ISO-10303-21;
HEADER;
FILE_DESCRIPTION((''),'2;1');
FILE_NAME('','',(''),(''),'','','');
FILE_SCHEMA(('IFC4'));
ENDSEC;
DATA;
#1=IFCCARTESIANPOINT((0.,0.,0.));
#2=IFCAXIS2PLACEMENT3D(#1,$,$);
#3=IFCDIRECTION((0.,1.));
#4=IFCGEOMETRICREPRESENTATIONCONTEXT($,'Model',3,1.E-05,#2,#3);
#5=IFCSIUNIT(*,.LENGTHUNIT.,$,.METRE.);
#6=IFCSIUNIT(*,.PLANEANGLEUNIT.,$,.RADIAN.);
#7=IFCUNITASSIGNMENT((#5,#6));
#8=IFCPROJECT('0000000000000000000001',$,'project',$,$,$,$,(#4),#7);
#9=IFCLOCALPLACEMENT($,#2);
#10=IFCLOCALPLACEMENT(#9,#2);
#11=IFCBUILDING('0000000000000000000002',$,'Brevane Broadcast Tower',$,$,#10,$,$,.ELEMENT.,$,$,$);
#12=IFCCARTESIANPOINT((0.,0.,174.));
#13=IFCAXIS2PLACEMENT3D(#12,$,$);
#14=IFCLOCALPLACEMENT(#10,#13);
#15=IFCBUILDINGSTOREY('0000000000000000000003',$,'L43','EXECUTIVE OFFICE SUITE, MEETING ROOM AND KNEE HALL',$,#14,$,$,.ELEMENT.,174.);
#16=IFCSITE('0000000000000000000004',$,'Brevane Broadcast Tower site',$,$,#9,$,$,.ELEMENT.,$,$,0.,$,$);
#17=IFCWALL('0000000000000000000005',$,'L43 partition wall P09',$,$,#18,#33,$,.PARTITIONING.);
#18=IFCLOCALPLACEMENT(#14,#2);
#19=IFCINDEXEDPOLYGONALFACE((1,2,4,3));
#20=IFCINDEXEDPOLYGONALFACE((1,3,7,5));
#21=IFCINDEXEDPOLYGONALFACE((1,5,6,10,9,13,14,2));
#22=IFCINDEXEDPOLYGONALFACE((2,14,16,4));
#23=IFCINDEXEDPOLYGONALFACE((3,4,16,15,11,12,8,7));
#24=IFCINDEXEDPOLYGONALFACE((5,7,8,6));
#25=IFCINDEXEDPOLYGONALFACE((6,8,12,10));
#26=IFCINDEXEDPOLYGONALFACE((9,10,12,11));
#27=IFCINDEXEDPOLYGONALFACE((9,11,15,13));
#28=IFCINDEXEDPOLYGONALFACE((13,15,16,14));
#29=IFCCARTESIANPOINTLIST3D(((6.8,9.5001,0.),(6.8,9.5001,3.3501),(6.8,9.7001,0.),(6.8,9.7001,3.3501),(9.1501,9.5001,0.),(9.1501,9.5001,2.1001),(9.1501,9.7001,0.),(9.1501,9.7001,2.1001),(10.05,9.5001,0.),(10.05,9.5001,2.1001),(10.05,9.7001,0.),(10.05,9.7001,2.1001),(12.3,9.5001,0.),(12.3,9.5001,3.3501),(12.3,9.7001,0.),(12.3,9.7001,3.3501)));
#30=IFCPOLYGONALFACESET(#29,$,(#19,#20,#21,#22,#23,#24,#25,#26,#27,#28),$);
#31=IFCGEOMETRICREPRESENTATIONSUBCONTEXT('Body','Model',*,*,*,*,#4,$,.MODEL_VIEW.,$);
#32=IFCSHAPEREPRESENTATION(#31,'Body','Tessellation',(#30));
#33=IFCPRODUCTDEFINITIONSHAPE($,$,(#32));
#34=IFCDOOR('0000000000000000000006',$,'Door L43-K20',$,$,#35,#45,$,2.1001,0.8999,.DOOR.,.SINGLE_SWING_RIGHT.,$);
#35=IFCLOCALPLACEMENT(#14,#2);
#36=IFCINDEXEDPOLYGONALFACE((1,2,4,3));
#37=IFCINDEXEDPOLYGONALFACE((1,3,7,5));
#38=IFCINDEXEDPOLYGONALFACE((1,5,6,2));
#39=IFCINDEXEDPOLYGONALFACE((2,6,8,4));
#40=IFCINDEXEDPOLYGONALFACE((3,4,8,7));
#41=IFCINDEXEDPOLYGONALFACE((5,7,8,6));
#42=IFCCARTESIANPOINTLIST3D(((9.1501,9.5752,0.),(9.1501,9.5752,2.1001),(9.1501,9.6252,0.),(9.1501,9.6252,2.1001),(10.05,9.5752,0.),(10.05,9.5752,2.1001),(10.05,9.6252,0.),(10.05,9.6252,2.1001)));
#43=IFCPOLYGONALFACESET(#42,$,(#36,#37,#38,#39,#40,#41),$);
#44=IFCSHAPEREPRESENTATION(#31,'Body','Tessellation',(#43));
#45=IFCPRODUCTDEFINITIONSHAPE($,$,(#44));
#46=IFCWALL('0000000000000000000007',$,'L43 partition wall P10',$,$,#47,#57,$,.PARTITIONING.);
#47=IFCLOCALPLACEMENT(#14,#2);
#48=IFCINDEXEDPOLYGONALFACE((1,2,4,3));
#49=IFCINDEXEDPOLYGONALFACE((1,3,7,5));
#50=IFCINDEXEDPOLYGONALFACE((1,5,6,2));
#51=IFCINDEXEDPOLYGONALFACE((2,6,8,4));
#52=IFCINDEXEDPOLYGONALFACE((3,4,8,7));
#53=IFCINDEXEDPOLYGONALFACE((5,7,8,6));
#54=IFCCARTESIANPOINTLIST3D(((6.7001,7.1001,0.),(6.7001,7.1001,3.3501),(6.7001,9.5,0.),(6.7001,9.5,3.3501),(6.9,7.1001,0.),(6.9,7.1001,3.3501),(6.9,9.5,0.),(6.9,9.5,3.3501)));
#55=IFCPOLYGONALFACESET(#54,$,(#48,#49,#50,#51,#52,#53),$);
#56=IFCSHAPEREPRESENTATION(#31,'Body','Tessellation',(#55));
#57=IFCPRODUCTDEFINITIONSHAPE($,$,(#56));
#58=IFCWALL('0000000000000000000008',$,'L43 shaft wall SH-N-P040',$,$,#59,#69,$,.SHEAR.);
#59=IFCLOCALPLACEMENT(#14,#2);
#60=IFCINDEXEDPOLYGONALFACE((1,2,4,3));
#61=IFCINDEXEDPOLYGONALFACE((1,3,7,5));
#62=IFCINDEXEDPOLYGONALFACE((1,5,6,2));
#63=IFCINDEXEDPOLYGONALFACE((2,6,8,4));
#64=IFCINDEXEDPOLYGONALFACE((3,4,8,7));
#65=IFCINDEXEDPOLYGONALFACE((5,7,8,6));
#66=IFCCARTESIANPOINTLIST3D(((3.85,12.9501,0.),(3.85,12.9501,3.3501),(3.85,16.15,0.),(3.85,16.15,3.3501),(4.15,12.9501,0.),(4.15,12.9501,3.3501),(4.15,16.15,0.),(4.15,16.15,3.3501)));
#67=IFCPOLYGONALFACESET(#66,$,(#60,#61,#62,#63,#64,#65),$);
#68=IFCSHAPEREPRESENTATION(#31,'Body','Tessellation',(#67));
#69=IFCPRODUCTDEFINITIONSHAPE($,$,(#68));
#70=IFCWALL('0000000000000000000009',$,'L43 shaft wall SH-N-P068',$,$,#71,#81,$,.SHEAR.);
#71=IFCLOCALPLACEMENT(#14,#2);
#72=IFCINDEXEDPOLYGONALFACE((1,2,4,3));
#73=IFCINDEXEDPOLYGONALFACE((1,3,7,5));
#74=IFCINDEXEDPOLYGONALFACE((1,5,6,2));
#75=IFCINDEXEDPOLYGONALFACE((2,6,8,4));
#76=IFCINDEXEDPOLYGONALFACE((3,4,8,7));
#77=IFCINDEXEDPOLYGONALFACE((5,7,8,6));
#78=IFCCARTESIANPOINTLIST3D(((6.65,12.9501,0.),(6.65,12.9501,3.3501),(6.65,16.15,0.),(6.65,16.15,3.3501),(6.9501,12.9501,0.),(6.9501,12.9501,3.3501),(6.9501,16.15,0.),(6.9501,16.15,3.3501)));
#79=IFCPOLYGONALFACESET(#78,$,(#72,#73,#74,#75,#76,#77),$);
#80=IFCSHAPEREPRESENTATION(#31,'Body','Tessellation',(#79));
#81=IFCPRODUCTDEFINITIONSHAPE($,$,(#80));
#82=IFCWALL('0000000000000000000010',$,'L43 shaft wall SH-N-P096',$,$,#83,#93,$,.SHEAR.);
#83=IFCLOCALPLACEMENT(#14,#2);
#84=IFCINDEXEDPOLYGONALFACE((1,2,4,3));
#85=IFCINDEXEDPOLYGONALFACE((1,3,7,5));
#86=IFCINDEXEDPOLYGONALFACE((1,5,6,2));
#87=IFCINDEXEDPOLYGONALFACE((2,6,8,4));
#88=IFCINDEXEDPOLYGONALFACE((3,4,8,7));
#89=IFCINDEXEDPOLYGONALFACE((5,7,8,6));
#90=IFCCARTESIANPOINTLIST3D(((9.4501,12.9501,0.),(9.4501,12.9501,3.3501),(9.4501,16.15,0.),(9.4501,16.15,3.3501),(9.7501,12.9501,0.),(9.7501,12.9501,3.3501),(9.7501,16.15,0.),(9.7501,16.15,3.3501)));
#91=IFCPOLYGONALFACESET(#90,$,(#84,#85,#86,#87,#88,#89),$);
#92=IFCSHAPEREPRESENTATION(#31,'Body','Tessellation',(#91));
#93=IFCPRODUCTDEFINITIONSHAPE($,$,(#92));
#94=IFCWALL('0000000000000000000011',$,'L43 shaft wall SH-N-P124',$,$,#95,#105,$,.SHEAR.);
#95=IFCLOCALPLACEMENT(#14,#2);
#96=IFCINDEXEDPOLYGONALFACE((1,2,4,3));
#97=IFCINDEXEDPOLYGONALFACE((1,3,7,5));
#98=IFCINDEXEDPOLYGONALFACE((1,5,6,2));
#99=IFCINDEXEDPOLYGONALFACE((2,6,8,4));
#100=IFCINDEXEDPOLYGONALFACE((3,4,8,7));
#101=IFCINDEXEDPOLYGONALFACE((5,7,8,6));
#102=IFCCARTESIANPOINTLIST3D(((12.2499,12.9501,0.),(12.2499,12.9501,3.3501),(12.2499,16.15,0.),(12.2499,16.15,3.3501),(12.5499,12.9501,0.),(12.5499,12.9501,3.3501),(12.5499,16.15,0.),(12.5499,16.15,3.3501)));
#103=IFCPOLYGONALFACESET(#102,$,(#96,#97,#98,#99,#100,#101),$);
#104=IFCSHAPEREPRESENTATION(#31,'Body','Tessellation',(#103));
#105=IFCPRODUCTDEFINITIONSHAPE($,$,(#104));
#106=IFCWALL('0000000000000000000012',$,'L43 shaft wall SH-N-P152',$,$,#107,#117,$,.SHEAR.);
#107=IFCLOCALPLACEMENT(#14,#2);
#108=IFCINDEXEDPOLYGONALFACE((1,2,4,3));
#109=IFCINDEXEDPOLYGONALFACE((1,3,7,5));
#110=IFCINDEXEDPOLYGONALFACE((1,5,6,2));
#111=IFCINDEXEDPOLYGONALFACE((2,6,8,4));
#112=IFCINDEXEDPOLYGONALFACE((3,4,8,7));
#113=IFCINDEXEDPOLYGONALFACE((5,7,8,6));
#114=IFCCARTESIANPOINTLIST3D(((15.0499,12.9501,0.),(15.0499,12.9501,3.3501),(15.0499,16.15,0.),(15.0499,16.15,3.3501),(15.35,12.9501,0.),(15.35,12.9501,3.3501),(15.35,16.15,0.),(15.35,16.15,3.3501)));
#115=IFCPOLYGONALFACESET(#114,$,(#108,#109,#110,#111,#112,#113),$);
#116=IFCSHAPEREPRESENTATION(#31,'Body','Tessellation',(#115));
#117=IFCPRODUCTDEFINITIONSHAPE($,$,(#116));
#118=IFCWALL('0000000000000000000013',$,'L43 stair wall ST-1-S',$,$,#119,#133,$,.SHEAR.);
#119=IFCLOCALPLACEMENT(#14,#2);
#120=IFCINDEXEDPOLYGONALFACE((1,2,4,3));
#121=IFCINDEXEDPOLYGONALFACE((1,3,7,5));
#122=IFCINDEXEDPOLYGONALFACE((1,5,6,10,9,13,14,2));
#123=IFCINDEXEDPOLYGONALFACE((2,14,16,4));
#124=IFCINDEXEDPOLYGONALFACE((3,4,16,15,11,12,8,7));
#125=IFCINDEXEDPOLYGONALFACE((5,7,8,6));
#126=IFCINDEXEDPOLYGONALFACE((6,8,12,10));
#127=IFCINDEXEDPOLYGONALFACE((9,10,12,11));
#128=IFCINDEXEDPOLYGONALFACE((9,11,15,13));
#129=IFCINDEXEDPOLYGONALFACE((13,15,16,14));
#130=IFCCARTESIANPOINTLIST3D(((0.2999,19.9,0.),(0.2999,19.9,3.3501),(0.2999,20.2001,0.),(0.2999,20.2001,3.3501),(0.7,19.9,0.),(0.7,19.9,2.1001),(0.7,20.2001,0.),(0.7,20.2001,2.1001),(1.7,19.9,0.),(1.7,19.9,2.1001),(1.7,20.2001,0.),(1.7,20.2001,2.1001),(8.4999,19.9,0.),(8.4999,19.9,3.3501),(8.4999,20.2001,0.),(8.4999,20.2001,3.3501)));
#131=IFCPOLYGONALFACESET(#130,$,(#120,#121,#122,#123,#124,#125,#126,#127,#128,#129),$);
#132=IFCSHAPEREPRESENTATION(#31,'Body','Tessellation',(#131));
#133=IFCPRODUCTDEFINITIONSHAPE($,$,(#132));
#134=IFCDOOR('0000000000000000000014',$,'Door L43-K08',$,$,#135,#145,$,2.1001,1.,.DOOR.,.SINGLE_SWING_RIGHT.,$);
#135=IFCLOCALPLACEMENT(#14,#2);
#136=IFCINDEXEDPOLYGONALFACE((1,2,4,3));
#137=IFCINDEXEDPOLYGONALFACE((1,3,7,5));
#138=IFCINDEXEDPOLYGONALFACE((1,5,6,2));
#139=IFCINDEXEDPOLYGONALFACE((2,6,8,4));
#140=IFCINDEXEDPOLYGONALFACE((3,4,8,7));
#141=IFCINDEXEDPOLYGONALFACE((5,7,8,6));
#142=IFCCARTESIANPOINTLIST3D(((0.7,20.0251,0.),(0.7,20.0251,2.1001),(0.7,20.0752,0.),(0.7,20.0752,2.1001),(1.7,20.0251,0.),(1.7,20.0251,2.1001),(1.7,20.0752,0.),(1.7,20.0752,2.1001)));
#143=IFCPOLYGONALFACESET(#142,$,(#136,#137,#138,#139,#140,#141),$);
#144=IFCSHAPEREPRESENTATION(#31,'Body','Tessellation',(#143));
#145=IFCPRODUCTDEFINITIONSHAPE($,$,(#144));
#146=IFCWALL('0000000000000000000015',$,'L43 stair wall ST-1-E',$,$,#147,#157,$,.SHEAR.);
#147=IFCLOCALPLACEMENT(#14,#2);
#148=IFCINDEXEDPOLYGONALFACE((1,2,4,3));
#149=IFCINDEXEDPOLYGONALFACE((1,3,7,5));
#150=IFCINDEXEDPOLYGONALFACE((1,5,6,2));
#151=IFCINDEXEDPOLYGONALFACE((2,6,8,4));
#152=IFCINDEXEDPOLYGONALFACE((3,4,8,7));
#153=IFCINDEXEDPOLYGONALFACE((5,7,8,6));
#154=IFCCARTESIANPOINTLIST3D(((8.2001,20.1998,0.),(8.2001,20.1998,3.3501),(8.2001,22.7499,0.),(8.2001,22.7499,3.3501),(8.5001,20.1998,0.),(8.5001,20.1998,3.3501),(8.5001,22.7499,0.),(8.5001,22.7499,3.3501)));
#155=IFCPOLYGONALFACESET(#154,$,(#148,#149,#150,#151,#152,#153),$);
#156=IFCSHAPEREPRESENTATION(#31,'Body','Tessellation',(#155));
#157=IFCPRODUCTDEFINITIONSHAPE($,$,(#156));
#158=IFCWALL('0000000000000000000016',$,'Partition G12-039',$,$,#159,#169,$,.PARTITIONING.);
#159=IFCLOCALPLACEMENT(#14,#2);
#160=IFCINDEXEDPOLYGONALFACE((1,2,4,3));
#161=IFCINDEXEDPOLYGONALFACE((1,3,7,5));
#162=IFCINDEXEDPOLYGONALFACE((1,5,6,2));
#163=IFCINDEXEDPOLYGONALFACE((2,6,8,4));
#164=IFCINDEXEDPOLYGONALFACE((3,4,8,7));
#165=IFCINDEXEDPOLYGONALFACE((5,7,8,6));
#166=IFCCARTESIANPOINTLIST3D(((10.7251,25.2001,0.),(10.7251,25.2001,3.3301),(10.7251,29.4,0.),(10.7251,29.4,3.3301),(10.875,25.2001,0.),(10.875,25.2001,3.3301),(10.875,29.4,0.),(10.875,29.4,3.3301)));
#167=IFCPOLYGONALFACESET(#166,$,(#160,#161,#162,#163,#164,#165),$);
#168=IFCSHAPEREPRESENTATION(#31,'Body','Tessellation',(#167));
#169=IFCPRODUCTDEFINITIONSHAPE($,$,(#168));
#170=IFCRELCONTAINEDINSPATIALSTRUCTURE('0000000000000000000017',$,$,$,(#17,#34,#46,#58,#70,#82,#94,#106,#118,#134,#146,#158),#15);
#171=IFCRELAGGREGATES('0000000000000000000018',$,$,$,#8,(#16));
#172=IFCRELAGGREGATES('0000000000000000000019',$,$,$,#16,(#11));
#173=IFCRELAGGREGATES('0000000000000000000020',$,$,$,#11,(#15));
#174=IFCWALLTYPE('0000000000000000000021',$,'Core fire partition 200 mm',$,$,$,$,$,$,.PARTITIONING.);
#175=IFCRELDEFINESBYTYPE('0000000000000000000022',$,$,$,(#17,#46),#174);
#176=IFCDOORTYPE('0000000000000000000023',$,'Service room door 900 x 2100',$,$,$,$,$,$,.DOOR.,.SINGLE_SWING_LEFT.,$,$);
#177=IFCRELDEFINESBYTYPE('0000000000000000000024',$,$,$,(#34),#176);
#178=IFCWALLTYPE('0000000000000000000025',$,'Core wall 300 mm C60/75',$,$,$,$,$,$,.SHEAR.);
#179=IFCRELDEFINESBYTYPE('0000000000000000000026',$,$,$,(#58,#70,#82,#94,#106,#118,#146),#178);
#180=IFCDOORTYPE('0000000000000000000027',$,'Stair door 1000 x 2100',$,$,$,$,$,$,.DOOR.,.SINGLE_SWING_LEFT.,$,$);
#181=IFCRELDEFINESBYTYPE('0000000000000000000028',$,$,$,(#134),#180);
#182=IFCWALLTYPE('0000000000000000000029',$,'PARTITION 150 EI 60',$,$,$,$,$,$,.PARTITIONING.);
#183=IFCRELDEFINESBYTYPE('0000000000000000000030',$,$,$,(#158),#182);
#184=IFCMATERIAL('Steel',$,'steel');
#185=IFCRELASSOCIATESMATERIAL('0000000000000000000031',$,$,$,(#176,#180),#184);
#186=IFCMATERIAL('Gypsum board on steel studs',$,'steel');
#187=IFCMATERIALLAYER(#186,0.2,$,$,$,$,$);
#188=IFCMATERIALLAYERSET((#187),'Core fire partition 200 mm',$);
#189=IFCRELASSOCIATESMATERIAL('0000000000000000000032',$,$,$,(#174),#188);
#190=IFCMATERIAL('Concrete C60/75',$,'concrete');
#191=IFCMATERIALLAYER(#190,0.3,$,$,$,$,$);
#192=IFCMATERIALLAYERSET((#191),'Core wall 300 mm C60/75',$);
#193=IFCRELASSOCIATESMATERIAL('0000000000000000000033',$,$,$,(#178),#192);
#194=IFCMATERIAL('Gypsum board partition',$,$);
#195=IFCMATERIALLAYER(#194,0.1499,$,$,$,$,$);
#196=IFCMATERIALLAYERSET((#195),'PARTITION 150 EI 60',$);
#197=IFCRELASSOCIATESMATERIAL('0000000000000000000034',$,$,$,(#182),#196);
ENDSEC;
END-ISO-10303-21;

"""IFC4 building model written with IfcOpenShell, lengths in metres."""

from ifc_helpers import new_model, si_unit, direction, frame, frame_2d, origin, place, context, subcontext, project, spatial, rectangle, extrude, material, layer, layer_set, type_object, element, fill, save


model = new_model("IFC4")

# Units and contexts
model_context = context("Model", 3, precision=1e-05, world=origin(), true_north=direction((0.0, 1.0)))
body_context = subcontext(model_context, "Body", "Model", "MODEL_VIEW")
ifc_project = project(units=[si_unit("LENGTHUNIT", "METRE"), si_unit("PLANEANGLEUNIT", "RADIAN")], contexts=[model_context])

# Site, building, storey
site_placement = place(None, origin())
site = spatial("IfcSite", under=ifc_project, at=site_placement, Name="Brevane Broadcast Tower site", CompositionType="ELEMENT", RefElevation=0.0)
building_placement = place(site_placement, origin())
building = spatial("IfcBuilding", under=site, at=building_placement, Name="Brevane Broadcast Tower", CompositionType="ELEMENT")
storey_placement = place(building_placement, frame((0.0, 0.0, 174.0)))
storey = spatial("IfcBuildingStorey", under=building, at=storey_placement, Name="L43", Description="EXECUTIVE OFFICE SUITE, MEETING ROOM AND KNEE HALL", CompositionType="ELEMENT", Elevation=174.0)

# Shared definitions
ifc_material_1 = material(Name="Concrete C60/75", Category="concrete")

# Shared definitions
ifc_material_2 = material(Name="Gypsum board on steel studs", Category="steel")
ifc_material_3 = material(Name="Steel", Category="steel")
door_type_1 = type_object("IfcDoorType", Name="Service room door 900 x 2100", OperationType="SINGLE_SWING_LEFT", PredefinedType="DOOR", material=ifc_material_3)
ifc_layer_1 = layer(ifc_material_2, 0.2)
ifc_layer_set_1 = layer_set([ifc_layer_1], Name="Core fire partition 200 mm")
wall_type_1 = type_object("IfcWallType", Name="Core fire partition 200 mm", PredefinedType="PARTITIONING", material=ifc_layer_set_1)
door_type_2 = type_object("IfcDoorType", Name="Stair door 1000 x 2100", OperationType="SINGLE_SWING_LEFT", PredefinedType="DOOR", material=ifc_material_3)

# Wall, opening, door
wall_1_placement = place(storey_placement, frame((12.3, 9.6001, 0.0), z_axis=(0.0, 0.0, 1.0), x_axis=(-1.0, 0.0, 0.0)))
wall_1 = element("IfcWall", 1, at=wall_1_placement, inside=storey, type_object=wall_type_1, Name="L43 partition wall P09", PredefinedType="PARTITIONING", context=body_context, shape_type="SweptSolid", body=[
    extrude(rectangle(XDim=5.5, YDim=0.2, at=frame_2d((2.75, 0.0))), origin(), (0.0, 0.0, 1.0), 3.3501),
])
opening_1_placement = place(wall_1_placement, frame((2.25, 0.0, 0.0)))
opening_1 = element("IfcOpeningElement", 2, at=opening_1_placement, cuts=wall_1, PredefinedType="OPENING", context=body_context, shape_type="SweptSolid", body=[
    extrude(rectangle(XDim=0.8999, YDim=2.1001, at=frame_2d((0.45, 1.05))), frame((0.0, 0.1099, 0.0), z_axis=(0.0, -1.0, 0.0), x_axis=(1.0, 0.0, 0.0)), (0.0, 0.0, 1.0), 0.22),
])
door_1_placement = place(opening_1_placement, origin())
door_1 = element("IfcDoor", 3, at=door_1_placement, inside=storey, type_object=door_type_1, Name="Door L43-K20", OperationType="SINGLE_SWING_RIGHT", OverallHeight=2.1001, OverallWidth=0.8999, PredefinedType="DOOR", context=body_context, shape_type="SweptSolid", body=[
    extrude(rectangle(XDim=0.8999, YDim=2.1001, at=frame_2d((0.45, 1.05))), frame((0.0, 0.0249, 0.0), z_axis=(0.0, -1.0, 0.0), x_axis=(1.0, 0.0, 0.0)), (0.0, 0.0, 1.0), 0.05),
])
fill(opening_1, door_1)

# Walls
wall_2_placement = place(storey_placement, frame((6.8, 9.5, 0.0), z_axis=(0.0, 0.0, 1.0), x_axis=(0.0, -1.0, 0.0)))
element("IfcWall", 4, at=wall_2_placement, inside=storey, type_object=wall_type_1, Name="L43 partition wall P10", PredefinedType="PARTITIONING", context=body_context, shape_type="SweptSolid", body=[
    extrude(rectangle(XDim=2.3999, YDim=0.2, at=frame_2d((1.2, 0.0))), origin(), (0.0, 0.0, 1.0), 3.3501),
])
ifc_layer_2 = layer(ifc_material_1, 0.3)
ifc_layer_set_2 = layer_set([ifc_layer_2], Name="Core wall 300 mm C60/75")
wall_type_2 = type_object("IfcWallType", Name="Core wall 300 mm C60/75", PredefinedType="SHEAR", material=ifc_layer_set_2)
for number, where, z_axis, x_axis, name in (
    (5, (4.0, 12.95, 0.0), (0.0, 0.0, 1.0), (0.0, 1.0, 0.0), "L43 shaft wall SH-N-P040"),
    (6, (6.8, 12.95, 0.0), (0.0, 0.0, 1.0), (0.0, 1.0, 0.0), "L43 shaft wall SH-N-P068"),
    (7, (9.6001, 12.95, 0.0), (0.0, 0.0, 1.0), (0.0, 1.0, 0.0), "L43 shaft wall SH-N-P096"),
    (8, (12.3999, 12.95, 0.0), (0.0, 0.0, 1.0), (0.0, 1.0, 0.0), "L43 shaft wall SH-N-P124"),
    (9, (15.2, 12.95, 0.0), (0.0, 0.0, 1.0), (0.0, 1.0, 0.0), "L43 shaft wall SH-N-P152"),
):
    element("IfcWall", number, at=place(storey_placement, frame(where, z_axis=z_axis, x_axis=x_axis)), inside=storey, type_object=wall_type_2, Name=name, PredefinedType="SHEAR", context=body_context, shape_type="SweptSolid", body=[
        extrude(rectangle(XDim=3.2, YDim=0.3, at=frame_2d((1.6001, 0.0))), origin(), (0.0, 0.0, 1.0), 3.3501),
    ])

# Wall, opening, door
wall_3_placement = place(storey_placement, frame((8.5, 20.05, 0.0), z_axis=(0.0, 0.0, 1.0), x_axis=(-1.0, 0.0, 0.0)))
wall_3 = element("IfcWall", 10, at=wall_3_placement, inside=storey, type_object=wall_type_2, Name="L43 stair wall ST-1-S", PredefinedType="SHEAR", context=body_context, shape_type="SweptSolid", body=[
    extrude(rectangle(XDim=8.2, YDim=0.3, at=frame_2d((4.1001, 0.0))), origin(), (0.0, 0.0, 1.0), 3.3501),
])
opening_2_placement = place(wall_3_placement, frame((6.8, 0.0, 0.0)))
opening_2 = element("IfcOpeningElement", 11, at=opening_2_placement, cuts=wall_3, PredefinedType="OPENING", context=body_context, shape_type="SweptSolid", body=[
    extrude(rectangle(XDim=1.0, YDim=2.1001, at=frame_2d((0.5, 1.05))), frame((0.0, 0.1599, 0.0), z_axis=(0.0, -1.0, 0.0), x_axis=(1.0, 0.0, 0.0)), (0.0, 0.0, 1.0), 0.3201),
])
door_2_placement = place(opening_2_placement, origin())
door_2 = element("IfcDoor", 12, at=door_2_placement, inside=storey, type_object=door_type_2, Name="Door L43-K08", OperationType="SINGLE_SWING_RIGHT", OverallHeight=2.1001, OverallWidth=1.0, PredefinedType="DOOR", context=body_context, shape_type="SweptSolid", body=[
    extrude(rectangle(XDim=1.0, YDim=2.1001, at=frame_2d((0.5, 1.05))), frame((0.0, 0.0249, 0.0), z_axis=(0.0, -1.0, 0.0), x_axis=(1.0, 0.0, 0.0)), (0.0, 0.0, 1.0), 0.05),
])
fill(opening_2, door_2)

# Walls
wall_4_placement = place(storey_placement, frame((8.3501, 20.2, 0.0), z_axis=(0.0, 0.0, 1.0), x_axis=(0.0, 1.0, 0.0)))
element("IfcWall", 13, at=wall_4_placement, inside=storey, type_object=wall_type_2, Name="L43 stair wall ST-1-E", PredefinedType="SHEAR", context=body_context, shape_type="SweptSolid", body=[
    extrude(rectangle(XDim=2.55, YDim=0.3, at=frame_2d((1.2749, 0.0))), origin(), (0.0, 0.0, 1.0), 3.3501),
])
ifc_material_4 = material(Name="Gypsum board partition")
ifc_layer_3 = layer(ifc_material_4, 0.1499)
ifc_layer_set_3 = layer_set([ifc_layer_3], Name="PARTITION 150 EI 60")
wall_type_3 = type_object("IfcWallType", Name="PARTITION 150 EI 60", PredefinedType="PARTITIONING", material=ifc_layer_set_3)
wall_5_placement = place(storey_placement, frame((10.8, 25.2, 0.0), z_axis=(0.0, 0.0, 1.0), x_axis=(0.0, 1.0, 0.0)))
element("IfcWall", 14, at=wall_5_placement, inside=storey, type_object=wall_type_3, Name="Partition G12-039", PredefinedType="PARTITIONING", context=body_context, shape_type="SweptSolid", body=[
    extrude(rectangle(XDim=4.2, YDim=0.1499, at=frame_2d((2.1001, 0.0))), origin(), (0.0, 0.0, 1.0), 3.3301),
])

save(model, "model.ifc")
